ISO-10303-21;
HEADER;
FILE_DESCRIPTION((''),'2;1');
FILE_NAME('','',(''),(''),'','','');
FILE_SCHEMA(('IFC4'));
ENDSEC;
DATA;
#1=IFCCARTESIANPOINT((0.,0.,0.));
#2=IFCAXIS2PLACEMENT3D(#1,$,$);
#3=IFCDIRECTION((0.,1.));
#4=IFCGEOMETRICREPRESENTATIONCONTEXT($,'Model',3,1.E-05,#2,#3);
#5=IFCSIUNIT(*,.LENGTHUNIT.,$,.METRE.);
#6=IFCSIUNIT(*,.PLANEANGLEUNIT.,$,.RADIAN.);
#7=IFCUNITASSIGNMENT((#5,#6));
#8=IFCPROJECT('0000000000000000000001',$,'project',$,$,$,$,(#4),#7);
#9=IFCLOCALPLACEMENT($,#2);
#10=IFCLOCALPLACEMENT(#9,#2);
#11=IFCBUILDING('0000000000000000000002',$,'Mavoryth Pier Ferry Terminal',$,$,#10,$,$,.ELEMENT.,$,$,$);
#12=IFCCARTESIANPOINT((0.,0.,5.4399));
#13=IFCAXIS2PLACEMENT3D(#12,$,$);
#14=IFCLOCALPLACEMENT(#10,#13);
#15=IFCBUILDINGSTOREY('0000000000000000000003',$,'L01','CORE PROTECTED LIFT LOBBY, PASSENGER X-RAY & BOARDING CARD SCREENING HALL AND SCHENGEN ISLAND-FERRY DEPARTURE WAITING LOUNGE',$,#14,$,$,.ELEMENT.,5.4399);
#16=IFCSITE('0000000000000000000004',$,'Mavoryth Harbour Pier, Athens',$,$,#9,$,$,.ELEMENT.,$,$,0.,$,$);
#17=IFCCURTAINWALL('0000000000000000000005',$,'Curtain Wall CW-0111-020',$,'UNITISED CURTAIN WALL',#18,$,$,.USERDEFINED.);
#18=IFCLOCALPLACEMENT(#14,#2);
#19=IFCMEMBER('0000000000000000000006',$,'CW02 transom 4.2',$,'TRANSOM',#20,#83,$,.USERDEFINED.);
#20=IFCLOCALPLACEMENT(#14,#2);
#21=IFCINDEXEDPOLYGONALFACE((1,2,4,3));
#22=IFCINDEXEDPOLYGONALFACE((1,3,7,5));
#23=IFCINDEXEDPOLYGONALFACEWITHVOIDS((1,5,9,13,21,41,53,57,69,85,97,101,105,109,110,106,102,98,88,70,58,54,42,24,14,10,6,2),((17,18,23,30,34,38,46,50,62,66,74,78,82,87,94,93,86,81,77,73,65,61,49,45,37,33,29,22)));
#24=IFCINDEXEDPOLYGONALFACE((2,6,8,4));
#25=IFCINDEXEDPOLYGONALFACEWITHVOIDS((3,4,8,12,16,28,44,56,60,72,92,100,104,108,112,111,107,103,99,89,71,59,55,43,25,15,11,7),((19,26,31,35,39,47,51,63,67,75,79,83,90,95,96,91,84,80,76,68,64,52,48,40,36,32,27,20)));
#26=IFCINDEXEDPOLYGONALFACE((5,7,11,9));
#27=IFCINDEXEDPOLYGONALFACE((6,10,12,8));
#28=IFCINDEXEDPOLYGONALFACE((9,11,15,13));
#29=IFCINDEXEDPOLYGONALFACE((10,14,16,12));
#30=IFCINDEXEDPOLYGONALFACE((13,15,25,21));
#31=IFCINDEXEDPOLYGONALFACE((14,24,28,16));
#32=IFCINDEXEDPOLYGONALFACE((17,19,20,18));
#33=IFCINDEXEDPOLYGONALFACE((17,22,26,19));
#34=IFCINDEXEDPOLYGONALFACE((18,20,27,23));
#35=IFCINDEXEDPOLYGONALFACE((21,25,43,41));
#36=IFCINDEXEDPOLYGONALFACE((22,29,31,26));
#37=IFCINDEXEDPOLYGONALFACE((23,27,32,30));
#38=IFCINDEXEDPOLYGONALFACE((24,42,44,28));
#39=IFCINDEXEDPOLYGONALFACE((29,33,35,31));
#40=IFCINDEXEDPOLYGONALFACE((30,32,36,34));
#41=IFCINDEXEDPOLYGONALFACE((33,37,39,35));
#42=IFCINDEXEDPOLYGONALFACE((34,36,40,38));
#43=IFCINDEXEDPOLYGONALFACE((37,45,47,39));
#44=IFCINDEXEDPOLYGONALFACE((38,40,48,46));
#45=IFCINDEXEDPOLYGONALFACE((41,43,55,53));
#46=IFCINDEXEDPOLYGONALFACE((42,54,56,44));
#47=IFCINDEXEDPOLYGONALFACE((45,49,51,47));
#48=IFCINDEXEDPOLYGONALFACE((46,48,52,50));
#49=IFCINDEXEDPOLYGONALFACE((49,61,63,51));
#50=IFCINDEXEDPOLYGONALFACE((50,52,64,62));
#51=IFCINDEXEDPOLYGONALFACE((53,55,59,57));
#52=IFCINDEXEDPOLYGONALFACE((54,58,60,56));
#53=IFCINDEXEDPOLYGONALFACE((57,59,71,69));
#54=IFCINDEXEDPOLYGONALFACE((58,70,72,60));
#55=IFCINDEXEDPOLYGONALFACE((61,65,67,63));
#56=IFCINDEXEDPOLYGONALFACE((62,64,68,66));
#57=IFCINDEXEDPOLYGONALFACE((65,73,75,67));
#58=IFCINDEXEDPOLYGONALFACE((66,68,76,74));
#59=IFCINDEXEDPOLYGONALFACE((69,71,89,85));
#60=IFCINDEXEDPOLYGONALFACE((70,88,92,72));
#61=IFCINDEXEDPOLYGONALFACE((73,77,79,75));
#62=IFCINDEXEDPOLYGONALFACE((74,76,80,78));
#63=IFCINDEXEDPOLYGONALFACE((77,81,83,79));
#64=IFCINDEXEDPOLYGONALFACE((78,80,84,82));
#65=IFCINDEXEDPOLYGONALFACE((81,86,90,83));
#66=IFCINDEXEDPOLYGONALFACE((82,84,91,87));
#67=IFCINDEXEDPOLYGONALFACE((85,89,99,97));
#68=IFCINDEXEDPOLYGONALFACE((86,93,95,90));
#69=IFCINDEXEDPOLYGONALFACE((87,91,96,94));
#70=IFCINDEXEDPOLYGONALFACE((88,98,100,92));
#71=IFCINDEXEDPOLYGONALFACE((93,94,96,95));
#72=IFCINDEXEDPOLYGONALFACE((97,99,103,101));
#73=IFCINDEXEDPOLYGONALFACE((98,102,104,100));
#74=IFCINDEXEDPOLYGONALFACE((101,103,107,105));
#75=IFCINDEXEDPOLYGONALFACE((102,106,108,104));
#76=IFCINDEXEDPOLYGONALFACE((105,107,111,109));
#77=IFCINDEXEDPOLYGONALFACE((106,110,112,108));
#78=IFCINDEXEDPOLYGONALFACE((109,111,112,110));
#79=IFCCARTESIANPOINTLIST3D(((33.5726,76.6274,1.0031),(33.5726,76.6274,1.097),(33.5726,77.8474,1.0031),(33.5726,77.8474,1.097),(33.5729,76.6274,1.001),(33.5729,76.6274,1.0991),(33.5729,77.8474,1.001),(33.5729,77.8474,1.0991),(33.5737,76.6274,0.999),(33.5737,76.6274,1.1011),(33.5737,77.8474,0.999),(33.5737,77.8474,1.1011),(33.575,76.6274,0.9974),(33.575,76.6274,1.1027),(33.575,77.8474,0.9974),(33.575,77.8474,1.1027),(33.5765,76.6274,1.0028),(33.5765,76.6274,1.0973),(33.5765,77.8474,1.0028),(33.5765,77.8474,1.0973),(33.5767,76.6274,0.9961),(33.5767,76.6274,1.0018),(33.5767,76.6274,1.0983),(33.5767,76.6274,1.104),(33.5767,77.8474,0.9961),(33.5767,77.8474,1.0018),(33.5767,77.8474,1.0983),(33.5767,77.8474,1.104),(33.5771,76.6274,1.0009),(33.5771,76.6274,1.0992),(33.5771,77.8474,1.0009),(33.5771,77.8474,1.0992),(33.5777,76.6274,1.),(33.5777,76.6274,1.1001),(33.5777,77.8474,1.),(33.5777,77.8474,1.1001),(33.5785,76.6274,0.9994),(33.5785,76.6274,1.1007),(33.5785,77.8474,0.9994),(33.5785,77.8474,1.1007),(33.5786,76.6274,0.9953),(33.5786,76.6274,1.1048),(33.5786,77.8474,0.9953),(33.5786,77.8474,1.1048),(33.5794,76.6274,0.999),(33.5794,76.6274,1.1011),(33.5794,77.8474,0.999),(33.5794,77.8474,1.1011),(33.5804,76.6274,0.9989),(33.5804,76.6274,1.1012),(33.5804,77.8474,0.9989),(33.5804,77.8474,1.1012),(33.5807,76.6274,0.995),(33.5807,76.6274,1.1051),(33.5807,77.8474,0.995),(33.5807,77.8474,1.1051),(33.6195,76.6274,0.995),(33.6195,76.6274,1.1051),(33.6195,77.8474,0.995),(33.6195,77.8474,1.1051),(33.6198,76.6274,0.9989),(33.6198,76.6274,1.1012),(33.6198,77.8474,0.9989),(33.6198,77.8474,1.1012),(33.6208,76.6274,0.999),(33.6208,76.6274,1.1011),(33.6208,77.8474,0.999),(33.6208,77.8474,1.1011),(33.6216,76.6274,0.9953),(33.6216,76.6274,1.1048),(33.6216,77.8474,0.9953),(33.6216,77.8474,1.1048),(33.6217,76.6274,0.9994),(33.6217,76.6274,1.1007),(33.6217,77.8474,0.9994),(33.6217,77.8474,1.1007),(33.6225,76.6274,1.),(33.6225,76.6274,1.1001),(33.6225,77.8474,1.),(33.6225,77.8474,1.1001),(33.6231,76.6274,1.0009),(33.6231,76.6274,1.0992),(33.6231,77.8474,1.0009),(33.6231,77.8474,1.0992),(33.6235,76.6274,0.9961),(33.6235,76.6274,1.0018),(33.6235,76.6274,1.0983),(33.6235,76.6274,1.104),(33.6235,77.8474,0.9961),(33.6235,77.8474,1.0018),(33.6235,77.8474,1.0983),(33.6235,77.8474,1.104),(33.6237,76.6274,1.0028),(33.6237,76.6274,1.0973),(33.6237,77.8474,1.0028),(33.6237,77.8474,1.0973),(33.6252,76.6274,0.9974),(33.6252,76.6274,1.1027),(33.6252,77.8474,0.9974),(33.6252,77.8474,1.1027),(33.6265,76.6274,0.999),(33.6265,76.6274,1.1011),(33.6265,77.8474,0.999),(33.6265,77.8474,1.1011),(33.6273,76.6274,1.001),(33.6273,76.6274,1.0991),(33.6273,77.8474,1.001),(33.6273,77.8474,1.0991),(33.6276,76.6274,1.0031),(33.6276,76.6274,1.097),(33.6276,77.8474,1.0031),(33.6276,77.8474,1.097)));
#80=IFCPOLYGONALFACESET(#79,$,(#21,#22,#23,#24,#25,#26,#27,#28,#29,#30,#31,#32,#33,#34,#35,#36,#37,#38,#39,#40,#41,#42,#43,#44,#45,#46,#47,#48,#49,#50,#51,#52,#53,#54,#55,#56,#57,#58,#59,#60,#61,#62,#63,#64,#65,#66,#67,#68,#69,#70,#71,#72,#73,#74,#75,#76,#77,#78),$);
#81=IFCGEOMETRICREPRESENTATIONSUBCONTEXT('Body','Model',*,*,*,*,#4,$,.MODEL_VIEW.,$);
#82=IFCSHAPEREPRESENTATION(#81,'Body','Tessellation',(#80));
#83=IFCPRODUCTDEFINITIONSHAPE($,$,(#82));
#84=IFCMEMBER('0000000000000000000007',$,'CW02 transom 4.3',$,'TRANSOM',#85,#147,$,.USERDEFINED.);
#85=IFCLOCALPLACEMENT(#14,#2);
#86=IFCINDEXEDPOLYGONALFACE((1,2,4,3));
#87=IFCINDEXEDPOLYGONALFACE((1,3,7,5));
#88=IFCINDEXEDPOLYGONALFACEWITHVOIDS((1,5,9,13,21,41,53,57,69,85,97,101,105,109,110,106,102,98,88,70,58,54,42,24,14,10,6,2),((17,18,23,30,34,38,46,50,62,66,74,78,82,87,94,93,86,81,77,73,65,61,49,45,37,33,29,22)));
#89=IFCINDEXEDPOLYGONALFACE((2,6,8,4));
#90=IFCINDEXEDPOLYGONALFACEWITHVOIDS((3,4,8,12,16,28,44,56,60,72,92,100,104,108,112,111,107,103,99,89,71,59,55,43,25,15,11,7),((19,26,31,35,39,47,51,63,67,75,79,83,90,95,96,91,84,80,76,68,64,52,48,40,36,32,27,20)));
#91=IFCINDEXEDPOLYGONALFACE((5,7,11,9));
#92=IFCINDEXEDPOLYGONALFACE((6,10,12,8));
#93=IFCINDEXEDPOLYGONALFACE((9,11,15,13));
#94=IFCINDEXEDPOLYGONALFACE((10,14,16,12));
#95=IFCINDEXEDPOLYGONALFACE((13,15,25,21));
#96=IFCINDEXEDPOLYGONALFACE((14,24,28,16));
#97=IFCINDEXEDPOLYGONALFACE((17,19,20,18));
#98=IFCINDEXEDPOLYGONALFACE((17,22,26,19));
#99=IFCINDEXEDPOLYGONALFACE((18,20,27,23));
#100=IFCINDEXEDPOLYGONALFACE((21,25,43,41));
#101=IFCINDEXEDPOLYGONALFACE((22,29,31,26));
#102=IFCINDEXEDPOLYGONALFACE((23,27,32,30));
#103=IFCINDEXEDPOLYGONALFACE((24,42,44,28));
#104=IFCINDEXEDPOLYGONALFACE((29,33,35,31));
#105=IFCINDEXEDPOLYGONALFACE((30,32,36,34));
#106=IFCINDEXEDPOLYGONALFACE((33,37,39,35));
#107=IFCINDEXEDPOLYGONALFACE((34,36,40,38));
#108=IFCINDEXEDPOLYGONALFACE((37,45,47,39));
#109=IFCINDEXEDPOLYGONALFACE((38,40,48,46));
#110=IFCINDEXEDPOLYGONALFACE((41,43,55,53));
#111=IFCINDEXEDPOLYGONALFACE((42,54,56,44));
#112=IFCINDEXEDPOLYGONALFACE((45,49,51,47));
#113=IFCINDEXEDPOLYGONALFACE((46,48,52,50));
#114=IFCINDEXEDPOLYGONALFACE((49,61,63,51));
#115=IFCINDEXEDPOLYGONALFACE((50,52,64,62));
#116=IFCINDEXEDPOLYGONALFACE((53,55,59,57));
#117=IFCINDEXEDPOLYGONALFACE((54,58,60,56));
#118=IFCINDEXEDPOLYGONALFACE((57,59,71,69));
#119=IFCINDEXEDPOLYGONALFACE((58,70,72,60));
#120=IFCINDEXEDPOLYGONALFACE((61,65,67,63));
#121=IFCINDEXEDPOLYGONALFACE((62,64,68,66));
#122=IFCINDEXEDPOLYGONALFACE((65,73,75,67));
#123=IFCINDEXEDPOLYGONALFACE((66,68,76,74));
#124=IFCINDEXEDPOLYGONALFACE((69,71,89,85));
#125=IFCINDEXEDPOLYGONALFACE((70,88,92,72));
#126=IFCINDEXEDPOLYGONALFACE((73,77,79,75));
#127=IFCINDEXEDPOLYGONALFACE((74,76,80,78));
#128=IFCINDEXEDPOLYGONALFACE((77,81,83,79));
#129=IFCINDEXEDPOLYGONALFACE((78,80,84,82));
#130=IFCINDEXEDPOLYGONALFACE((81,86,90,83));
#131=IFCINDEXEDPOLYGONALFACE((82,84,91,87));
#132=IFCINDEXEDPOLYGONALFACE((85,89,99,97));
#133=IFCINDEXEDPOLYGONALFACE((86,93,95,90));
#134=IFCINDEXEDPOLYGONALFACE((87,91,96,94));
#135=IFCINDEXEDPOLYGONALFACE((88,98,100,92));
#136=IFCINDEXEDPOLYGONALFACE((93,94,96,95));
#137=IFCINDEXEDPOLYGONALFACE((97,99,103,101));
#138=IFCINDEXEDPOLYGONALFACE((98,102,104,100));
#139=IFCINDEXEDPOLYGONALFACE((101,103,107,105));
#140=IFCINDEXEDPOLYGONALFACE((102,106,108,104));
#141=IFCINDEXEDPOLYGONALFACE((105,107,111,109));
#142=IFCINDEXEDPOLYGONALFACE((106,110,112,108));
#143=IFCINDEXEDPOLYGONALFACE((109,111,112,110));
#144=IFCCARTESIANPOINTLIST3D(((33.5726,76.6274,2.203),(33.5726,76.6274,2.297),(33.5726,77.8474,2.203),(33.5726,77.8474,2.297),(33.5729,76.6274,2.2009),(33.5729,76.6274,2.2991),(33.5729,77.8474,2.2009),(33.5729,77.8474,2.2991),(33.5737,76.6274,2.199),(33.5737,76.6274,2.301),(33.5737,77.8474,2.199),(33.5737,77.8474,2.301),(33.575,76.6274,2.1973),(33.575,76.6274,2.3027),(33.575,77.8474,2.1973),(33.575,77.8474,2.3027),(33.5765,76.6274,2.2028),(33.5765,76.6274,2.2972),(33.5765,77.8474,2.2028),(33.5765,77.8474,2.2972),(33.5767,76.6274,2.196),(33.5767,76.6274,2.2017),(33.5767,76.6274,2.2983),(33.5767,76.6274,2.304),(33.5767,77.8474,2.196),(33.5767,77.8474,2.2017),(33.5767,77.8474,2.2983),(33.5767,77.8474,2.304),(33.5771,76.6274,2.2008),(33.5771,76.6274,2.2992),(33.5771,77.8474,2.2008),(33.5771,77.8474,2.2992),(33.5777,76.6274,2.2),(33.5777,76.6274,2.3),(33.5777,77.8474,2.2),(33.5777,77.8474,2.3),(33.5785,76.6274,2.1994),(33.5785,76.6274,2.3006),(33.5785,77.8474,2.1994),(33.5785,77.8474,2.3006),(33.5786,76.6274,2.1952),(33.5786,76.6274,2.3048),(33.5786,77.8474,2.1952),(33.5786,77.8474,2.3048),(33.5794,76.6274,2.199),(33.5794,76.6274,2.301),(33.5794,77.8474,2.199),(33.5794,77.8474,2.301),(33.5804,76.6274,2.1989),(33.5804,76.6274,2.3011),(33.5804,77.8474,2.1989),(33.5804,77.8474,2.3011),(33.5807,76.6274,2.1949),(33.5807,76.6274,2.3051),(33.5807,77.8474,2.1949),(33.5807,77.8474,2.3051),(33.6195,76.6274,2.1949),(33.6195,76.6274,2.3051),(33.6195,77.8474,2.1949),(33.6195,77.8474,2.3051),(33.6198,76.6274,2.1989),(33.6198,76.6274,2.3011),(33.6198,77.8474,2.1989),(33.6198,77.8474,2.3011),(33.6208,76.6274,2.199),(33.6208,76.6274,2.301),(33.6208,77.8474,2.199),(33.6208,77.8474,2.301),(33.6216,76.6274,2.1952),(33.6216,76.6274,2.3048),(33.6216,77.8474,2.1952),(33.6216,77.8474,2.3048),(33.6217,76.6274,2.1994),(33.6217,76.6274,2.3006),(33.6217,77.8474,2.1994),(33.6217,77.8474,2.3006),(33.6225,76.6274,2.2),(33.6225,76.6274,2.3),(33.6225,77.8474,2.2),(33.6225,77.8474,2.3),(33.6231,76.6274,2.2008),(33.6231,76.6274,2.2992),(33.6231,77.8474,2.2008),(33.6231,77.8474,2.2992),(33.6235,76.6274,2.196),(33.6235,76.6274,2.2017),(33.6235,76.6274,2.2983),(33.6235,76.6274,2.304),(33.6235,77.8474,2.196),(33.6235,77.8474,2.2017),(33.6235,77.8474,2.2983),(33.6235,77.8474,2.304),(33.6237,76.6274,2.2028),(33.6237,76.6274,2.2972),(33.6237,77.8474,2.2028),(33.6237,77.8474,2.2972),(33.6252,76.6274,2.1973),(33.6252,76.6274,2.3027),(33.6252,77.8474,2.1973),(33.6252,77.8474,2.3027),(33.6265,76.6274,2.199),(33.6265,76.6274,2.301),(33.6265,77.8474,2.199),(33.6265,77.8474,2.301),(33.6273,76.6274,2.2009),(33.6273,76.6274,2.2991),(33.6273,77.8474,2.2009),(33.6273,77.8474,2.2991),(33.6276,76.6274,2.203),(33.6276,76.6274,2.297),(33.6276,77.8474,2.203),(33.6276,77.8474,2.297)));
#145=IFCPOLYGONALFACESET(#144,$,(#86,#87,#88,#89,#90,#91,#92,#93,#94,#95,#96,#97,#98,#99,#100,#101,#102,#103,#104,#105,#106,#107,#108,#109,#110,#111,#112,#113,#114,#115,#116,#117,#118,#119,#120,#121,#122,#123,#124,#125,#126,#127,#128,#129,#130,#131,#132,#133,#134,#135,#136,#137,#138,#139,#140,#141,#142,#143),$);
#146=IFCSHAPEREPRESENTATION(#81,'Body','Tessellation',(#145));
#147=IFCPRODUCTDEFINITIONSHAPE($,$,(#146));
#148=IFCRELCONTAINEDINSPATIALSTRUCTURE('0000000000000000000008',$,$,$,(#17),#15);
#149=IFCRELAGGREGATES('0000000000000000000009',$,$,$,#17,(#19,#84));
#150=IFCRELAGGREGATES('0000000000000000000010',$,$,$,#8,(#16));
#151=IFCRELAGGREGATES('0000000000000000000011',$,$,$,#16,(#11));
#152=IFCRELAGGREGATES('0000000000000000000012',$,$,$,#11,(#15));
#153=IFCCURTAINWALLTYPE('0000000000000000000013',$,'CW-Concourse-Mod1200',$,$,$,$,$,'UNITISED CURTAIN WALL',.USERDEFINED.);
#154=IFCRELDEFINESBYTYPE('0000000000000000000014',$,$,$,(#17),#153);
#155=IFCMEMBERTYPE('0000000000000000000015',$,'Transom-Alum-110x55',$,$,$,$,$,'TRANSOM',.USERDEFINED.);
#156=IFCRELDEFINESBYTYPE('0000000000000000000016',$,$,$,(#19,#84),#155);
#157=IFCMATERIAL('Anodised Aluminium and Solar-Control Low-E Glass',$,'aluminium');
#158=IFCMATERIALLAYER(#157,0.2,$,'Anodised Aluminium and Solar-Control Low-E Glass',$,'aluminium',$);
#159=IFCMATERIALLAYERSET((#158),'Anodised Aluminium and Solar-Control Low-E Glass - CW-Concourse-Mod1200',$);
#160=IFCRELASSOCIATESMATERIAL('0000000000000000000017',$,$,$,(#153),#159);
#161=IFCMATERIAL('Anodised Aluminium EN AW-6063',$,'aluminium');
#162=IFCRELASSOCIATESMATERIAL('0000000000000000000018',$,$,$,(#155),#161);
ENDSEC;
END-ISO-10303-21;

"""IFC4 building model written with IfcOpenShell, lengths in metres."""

from ifc_helpers import new_model, si_unit, direction, frame, origin, origin_2d, place, context, subcontext, project, spatial, hollow_rectangle, extrude, material, layer, layer_set, material_profile, profile_set, type_object, element, aggregate, save


model = new_model("IFC4")

# Units and contexts
model_context = context("Model", 3, precision=1e-05, world=origin(), true_north=direction((0.0, 1.0)))
body_context = subcontext(model_context, "Body", "Model", "MODEL_VIEW")
ifc_project = project(units=[si_unit("LENGTHUNIT", "METRE"), si_unit("PLANEANGLEUNIT", "RADIAN")], contexts=[model_context])

# Site, building, storey
site_placement = place(None, origin())
site = spatial("IfcSite", under=ifc_project, at=site_placement, Name="Mavoryth Harbour Pier, Athens", CompositionType="ELEMENT", RefElevation=0.0)
building_placement = place(site_placement, origin())
building = spatial("IfcBuilding", under=site, at=building_placement, Name="Mavoryth Pier Ferry Terminal", CompositionType="ELEMENT")
storey_placement = place(building_placement, frame((0.0, 0.0, 5.4399)))
storey = spatial("IfcBuildingStorey", under=building, at=storey_placement, Name="L01", Description="CORE PROTECTED LIFT LOBBY, PASSENGER X-RAY & BOARDING CARD SCREENING HALL AND SCHENGEN ISLAND-FERRY DEPARTURE WAITING LOUNGE", CompositionType="ELEMENT", Elevation=5.4399)

# Curtain wall, members
ifc_material_1 = material(Name="Anodised Aluminium and Solar-Control Low-E Glass", Category="aluminium")
ifc_layer_1 = layer(ifc_material_1, 0.2, Name="Anodised Aluminium and Solar-Control Low-E Glass", Category="aluminium")
ifc_layer_set_1 = layer_set([ifc_layer_1], Name="Anodised Aluminium and Solar-Control Low-E Glass - CW-Concourse-Mod1200")
curtain_wall_type = type_object("IfcCurtainWallType", Name="CW-Concourse-Mod1200", ElementType="UNITISED CURTAIN WALL", PredefinedType="USERDEFINED", material=ifc_layer_set_1)
curtain_wall_placement = place(storey_placement, origin())
curtain_wall = element("IfcCurtainWall", 1, at=curtain_wall_placement, inside=storey, type_object=curtain_wall_type, Name="Curtain Wall CW-0111-020", ObjectType="UNITISED CURTAIN WALL", PredefinedType="USERDEFINED")
ifc_material_2 = material(Name="Anodised Aluminium EN AW-6063", Category="aluminium")
ifc_material_profile_1 = material_profile(ifc_material_2, hollow_rectangle(XDim=0.0549, YDim=0.1101, WallThickness=0.0039, InnerFilletRadius=0.0039, OuterFilletRadius=0.0081, at=origin_2d()), Name="AL-TRAN 110x55x4", Category="aluminium")
ifc_profile_set_1 = profile_set([ifc_material_profile_1], Name="Anodised Aluminium EN AW-6063 - AL-TRAN 110x55x4")
member_type_1 = type_object("IfcMemberType", Name="Transom-Alum-110x55", ElementType="TRANSOM", PredefinedType="USERDEFINED", material=ifc_profile_set_1)
member_1_placement = place(storey_placement, frame((33.6001, 76.6274, 1.05), z_axis=(0.0, 1.0, 0.0), x_axis=(-1.0, 0.0, 0.0)))
member_1 = element("IfcMember", 2, at=member_1_placement, type_object=member_type_1, Name="CW02 transom 4.2", ObjectType="TRANSOM", PredefinedType="USERDEFINED", context=body_context, shape_type="SweptSolid", body=[
    extrude(hollow_rectangle(XDim=0.0549, YDim=0.1101, WallThickness=0.0039, InnerFilletRadius=0.0039, OuterFilletRadius=0.0081, at=origin_2d()), origin(), (0.0, 0.0, 1.0), 1.22),
])
member_2_placement = place(storey_placement, frame((33.6001, 76.6274, 2.25), z_axis=(0.0, 1.0, 0.0), x_axis=(-1.0, 0.0, 0.0)))
member_2 = element("IfcMember", 3, at=member_2_placement, type_object=member_type_1, Name="CW02 transom 4.3", ObjectType="TRANSOM", PredefinedType="USERDEFINED", context=body_context, shape_type="SweptSolid", body=[
    extrude(hollow_rectangle(XDim=0.0549, YDim=0.1101, WallThickness=0.0039, InnerFilletRadius=0.0039, OuterFilletRadius=0.0081, at=origin_2d()), origin(), (0.0, 0.0, 1.0), 1.22),
])
aggregate(curtain_wall, [member_1, member_2])

save(model, "model.ifc")
